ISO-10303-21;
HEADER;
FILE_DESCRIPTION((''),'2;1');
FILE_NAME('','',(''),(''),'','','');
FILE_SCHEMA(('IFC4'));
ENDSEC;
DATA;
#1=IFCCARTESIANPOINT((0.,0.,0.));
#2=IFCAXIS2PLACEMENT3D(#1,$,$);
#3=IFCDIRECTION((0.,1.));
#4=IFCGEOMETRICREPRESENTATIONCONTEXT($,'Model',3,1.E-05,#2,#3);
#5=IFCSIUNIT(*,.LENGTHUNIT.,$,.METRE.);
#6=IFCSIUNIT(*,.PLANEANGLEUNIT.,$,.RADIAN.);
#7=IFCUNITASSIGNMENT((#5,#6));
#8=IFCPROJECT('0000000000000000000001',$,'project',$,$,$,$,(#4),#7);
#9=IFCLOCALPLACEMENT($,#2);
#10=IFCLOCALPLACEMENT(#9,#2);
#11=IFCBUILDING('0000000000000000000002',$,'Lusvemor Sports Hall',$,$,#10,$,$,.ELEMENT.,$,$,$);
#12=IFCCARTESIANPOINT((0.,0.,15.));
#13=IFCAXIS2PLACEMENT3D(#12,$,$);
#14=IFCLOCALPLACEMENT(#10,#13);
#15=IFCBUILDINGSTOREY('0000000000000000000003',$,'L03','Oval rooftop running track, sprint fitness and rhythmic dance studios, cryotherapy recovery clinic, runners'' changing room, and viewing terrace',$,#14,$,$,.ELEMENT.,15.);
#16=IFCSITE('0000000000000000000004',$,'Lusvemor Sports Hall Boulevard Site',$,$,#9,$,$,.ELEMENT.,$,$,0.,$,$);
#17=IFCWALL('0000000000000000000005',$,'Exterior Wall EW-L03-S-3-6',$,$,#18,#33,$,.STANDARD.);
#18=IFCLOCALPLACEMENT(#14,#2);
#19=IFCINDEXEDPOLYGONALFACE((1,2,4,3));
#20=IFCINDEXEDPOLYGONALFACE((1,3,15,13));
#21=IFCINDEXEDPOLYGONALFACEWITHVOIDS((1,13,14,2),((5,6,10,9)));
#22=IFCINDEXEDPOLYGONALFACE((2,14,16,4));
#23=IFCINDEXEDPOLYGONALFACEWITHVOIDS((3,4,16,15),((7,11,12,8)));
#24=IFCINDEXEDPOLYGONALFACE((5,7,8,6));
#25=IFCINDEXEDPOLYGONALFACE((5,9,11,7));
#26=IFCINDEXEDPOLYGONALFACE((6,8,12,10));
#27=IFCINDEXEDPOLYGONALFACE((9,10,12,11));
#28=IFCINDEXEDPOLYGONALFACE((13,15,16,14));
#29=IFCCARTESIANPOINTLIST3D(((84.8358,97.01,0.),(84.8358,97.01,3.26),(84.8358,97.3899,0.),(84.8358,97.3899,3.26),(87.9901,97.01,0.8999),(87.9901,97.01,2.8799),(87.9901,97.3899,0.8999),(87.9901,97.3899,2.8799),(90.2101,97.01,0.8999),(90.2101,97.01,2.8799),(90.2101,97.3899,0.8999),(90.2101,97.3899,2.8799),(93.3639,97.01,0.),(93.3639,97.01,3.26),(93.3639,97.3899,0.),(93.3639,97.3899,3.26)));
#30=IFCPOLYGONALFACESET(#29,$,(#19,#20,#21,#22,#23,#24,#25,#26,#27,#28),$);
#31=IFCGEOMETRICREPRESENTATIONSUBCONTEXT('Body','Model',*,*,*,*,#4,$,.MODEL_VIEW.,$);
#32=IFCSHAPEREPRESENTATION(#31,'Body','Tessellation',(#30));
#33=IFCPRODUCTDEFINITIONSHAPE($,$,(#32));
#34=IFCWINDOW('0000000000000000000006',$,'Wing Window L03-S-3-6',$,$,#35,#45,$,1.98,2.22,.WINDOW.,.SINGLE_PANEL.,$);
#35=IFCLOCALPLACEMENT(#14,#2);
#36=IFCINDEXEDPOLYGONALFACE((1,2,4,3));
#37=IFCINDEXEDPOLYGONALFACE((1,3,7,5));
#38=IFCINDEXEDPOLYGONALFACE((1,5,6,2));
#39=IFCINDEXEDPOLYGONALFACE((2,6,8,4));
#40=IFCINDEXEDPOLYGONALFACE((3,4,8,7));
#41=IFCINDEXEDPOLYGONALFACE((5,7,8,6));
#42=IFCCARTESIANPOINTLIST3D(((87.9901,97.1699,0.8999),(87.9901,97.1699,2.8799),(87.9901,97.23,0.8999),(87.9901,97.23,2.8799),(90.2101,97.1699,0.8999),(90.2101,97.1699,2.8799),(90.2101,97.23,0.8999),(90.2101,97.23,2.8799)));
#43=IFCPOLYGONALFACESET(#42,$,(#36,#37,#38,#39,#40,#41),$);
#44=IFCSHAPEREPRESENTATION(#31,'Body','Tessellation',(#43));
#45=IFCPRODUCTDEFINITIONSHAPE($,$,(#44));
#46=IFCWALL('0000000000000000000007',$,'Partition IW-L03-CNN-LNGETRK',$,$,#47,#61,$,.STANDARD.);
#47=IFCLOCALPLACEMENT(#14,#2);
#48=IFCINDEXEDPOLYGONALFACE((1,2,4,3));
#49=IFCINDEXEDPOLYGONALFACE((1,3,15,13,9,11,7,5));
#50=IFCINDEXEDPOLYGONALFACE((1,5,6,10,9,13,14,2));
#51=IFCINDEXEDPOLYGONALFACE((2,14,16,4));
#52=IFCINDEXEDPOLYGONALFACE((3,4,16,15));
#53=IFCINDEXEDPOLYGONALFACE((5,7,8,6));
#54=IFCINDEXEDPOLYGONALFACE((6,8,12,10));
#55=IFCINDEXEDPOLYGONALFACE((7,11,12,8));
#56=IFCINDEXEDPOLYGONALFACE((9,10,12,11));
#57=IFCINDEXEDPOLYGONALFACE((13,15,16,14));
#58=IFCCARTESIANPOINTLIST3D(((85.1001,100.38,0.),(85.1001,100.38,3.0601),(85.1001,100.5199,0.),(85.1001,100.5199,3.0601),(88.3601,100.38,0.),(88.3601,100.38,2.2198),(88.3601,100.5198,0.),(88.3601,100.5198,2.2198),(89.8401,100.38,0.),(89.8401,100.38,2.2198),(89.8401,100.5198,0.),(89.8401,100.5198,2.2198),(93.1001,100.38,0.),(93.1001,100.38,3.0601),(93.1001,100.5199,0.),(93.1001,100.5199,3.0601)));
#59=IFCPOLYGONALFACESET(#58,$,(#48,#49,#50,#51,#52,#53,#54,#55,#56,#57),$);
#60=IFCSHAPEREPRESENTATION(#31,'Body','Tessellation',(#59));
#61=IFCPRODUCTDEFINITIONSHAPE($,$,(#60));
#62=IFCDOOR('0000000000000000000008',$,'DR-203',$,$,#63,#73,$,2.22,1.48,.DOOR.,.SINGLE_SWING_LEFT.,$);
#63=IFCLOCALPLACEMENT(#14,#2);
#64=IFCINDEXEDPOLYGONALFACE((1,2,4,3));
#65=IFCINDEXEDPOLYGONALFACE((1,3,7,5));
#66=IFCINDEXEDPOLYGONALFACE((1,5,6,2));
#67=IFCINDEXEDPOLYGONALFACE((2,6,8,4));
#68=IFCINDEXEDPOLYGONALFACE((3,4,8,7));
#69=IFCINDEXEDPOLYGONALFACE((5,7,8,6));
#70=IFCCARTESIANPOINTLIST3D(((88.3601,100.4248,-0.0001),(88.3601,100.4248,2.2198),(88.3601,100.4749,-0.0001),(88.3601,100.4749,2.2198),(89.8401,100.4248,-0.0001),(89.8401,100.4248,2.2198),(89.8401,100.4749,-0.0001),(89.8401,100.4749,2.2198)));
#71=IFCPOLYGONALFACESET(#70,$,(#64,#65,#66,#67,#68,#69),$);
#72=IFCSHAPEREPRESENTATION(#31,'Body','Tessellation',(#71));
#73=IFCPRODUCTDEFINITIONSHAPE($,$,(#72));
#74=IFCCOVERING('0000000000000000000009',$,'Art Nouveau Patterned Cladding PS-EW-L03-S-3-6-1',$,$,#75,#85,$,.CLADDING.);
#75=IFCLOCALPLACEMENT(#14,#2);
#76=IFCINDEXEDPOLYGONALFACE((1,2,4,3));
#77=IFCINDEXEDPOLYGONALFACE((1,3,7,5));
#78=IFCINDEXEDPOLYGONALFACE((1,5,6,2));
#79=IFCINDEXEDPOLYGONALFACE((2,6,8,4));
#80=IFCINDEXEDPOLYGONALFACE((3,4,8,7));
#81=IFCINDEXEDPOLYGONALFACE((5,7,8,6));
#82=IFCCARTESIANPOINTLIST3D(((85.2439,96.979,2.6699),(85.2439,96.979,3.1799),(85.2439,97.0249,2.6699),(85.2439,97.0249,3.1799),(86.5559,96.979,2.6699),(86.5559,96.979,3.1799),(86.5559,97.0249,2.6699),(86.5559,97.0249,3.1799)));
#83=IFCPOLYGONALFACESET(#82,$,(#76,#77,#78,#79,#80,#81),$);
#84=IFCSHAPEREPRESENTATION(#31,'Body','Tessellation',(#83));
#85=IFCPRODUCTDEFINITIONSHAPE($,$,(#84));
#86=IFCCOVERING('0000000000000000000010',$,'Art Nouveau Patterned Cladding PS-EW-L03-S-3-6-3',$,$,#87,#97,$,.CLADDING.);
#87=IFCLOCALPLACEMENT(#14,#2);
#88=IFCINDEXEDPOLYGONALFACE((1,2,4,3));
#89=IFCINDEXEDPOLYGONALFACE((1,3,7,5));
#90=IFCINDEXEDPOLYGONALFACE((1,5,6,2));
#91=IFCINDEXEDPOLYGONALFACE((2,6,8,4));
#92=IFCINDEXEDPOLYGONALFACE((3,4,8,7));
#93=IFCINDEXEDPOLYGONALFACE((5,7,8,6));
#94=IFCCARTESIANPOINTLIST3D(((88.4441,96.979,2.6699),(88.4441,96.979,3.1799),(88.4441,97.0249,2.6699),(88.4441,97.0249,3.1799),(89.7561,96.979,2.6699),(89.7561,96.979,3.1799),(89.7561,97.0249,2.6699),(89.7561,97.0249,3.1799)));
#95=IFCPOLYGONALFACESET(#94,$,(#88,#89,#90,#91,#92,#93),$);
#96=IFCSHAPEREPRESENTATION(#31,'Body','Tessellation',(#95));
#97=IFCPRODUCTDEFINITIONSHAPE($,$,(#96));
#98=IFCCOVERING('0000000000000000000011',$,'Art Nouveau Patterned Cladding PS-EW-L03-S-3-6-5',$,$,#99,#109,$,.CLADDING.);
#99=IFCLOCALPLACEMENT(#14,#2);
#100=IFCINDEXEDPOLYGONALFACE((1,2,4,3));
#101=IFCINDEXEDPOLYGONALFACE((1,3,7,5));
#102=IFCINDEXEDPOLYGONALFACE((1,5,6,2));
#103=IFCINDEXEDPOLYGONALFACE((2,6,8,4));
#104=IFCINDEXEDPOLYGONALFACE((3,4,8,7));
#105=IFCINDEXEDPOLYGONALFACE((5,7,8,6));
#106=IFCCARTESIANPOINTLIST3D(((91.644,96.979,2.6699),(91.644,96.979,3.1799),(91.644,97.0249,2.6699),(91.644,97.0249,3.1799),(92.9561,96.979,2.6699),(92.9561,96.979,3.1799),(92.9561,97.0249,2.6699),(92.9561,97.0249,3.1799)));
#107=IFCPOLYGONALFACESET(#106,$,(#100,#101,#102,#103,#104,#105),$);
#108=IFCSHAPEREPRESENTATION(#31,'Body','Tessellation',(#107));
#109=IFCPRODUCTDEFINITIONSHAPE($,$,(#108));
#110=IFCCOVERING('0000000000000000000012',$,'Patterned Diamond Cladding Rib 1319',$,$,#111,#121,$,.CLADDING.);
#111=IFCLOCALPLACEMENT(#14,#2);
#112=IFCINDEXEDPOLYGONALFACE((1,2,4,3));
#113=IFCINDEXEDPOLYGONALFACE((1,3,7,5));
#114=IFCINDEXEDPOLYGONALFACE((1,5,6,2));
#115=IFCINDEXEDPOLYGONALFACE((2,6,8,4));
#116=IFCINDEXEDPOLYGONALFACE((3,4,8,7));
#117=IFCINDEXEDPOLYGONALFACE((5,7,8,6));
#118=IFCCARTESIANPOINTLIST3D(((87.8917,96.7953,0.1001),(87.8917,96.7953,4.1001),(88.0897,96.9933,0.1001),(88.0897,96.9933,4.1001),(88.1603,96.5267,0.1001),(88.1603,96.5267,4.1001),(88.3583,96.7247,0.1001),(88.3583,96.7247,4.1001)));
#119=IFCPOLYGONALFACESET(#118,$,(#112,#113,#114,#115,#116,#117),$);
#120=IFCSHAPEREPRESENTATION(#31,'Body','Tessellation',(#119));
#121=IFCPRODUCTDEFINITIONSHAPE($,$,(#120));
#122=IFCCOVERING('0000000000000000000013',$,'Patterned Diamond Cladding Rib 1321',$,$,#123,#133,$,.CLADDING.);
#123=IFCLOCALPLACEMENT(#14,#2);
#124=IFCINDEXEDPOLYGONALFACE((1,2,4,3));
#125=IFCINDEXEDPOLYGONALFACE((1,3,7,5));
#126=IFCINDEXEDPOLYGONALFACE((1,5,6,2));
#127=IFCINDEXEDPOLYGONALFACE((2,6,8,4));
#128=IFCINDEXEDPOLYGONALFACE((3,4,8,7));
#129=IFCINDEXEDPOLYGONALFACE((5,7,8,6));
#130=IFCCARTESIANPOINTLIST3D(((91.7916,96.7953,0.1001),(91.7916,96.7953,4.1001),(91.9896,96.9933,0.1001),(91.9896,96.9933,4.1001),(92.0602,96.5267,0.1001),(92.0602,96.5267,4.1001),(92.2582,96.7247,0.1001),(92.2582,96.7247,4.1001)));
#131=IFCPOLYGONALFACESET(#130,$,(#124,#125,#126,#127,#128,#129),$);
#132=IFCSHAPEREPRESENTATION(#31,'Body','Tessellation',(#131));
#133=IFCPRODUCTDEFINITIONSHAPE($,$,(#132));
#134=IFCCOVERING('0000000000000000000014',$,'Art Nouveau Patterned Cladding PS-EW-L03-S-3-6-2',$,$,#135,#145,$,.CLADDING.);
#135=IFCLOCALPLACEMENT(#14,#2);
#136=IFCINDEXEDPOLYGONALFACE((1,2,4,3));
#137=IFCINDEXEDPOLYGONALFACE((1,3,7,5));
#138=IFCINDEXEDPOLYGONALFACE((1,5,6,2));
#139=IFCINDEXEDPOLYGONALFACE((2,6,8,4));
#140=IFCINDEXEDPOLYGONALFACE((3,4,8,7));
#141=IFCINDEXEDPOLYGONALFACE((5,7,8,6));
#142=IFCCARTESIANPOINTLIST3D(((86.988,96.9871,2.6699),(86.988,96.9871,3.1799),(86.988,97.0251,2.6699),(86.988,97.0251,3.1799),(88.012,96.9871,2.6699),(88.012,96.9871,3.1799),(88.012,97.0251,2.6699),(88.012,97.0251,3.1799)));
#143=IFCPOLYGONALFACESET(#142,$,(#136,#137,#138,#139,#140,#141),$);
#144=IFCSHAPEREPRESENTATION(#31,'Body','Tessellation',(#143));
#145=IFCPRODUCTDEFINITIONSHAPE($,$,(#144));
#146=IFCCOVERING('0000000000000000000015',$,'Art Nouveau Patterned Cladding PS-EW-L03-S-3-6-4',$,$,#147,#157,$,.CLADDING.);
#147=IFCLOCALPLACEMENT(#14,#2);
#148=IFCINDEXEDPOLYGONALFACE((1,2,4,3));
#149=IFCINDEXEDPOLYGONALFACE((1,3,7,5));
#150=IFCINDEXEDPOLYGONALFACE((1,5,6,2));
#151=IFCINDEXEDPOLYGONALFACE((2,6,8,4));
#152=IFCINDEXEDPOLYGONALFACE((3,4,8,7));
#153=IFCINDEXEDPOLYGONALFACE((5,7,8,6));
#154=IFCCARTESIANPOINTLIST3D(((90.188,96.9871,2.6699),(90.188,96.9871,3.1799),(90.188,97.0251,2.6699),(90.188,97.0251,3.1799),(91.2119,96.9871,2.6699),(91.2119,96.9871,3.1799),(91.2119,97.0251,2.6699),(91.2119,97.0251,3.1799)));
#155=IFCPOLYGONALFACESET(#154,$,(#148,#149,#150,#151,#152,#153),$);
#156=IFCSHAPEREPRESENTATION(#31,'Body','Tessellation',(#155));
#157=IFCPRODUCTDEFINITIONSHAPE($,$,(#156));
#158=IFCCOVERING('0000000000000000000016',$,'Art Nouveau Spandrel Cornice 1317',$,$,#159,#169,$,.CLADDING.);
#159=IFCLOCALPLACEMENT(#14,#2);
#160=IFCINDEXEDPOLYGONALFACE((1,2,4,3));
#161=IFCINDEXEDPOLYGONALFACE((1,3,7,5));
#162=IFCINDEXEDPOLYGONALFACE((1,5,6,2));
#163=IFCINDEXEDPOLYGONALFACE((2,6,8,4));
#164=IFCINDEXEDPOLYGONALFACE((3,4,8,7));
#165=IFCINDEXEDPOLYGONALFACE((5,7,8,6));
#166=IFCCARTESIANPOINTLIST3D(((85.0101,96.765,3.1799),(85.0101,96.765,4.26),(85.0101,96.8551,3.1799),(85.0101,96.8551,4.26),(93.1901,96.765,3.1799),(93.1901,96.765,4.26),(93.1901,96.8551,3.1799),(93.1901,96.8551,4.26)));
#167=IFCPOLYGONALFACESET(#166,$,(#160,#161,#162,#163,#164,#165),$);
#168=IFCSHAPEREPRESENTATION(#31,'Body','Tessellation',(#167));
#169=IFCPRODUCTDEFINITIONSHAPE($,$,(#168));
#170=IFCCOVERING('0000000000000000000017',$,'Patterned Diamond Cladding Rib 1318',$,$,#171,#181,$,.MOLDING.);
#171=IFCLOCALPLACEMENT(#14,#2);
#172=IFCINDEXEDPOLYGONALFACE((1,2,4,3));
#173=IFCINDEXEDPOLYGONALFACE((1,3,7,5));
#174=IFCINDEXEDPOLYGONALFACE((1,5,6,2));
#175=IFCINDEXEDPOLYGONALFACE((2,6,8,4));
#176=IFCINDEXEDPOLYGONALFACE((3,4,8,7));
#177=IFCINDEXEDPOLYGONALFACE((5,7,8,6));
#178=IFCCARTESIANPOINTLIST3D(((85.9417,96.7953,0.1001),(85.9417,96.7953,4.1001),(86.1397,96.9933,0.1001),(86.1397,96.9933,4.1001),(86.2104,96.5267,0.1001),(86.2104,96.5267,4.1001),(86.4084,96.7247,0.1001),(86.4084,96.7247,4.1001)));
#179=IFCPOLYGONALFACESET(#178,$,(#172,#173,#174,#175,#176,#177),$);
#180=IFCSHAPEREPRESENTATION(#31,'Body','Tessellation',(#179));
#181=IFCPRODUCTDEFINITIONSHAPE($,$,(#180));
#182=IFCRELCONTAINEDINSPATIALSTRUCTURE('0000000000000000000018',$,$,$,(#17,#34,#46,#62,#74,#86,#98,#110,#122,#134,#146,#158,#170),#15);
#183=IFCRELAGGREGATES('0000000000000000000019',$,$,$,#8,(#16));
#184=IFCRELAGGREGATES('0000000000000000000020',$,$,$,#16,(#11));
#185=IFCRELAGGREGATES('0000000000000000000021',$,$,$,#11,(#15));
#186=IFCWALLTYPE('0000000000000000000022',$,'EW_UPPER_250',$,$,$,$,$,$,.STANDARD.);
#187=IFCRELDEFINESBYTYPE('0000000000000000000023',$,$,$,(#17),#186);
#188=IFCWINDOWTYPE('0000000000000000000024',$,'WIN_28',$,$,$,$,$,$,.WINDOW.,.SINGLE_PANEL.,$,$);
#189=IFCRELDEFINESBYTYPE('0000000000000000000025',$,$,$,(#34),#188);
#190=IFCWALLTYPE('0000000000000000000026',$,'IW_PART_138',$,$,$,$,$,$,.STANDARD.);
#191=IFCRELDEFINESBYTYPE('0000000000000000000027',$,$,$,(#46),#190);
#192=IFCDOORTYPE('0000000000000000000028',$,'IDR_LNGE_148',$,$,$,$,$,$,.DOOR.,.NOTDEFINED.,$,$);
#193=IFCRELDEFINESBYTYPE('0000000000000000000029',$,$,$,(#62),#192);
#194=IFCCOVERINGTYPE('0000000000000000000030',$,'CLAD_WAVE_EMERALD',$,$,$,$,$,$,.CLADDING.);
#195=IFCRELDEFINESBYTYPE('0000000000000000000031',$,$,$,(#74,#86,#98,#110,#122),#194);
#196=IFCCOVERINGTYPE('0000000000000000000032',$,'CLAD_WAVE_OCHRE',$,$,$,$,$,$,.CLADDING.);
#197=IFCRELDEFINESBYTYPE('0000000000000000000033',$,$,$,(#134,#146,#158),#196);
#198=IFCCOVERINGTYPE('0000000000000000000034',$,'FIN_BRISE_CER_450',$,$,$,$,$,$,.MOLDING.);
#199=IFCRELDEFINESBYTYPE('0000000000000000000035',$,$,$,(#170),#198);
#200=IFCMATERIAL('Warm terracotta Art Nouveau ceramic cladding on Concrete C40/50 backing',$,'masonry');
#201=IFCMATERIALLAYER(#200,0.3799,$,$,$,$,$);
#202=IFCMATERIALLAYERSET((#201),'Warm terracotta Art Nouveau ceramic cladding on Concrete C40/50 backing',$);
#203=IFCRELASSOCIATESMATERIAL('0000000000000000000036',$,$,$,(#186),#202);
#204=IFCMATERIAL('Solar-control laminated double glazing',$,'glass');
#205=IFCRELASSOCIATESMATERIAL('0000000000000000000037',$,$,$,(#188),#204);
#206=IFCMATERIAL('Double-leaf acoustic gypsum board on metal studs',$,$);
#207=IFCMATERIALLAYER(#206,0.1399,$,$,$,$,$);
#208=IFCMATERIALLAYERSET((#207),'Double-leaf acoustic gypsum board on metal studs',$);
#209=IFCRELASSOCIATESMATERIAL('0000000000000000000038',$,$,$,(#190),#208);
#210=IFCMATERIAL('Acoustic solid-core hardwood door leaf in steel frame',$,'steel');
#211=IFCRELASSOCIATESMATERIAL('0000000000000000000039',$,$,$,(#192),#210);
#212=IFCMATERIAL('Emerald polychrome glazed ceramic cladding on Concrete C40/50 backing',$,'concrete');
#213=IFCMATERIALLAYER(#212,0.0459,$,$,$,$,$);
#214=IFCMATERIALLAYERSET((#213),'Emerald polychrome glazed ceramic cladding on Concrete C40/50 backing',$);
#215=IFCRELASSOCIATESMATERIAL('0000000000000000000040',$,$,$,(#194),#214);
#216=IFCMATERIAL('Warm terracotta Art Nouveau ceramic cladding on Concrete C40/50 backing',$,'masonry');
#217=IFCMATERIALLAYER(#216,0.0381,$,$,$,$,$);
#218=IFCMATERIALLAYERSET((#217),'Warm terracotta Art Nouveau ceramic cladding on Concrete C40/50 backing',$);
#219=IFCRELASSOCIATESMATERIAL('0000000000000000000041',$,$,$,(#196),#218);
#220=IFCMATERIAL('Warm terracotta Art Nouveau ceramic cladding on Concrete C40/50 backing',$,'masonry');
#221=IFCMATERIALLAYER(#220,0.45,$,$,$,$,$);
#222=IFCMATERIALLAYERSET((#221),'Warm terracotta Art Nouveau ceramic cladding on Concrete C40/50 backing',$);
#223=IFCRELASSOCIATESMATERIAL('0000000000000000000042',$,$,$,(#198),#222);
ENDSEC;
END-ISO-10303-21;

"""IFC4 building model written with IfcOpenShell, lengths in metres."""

from ifc_helpers import new_model, si_unit, direction, frame, frame_2d, origin, origin_2d, place, context, subcontext, project, spatial, rectangle, extrude, material, layer, layer_set, type_object, element, fill, save


model = new_model("IFC4")

# Units and contexts
model_context = context("Model", 3, precision=1e-05, world=origin(), true_north=direction((0.0, 1.0)))
body_context = subcontext(model_context, "Body", "Model", "MODEL_VIEW")
ifc_project = project(units=[si_unit("LENGTHUNIT", "METRE"), si_unit("PLANEANGLEUNIT", "RADIAN")], contexts=[model_context])

# Site, building, storey
site_placement = place(None, origin())
site = spatial("IfcSite", under=ifc_project, at=site_placement, Name="Lusvemor Sports Hall Boulevard Site", CompositionType="ELEMENT", RefElevation=0.0)
building_placement = place(site_placement, origin())
building = spatial("IfcBuilding", under=site, at=building_placement, Name="Lusvemor Sports Hall", CompositionType="ELEMENT")
storey_placement = place(building_placement, frame((0.0, 0.0, 15.0)))
storey = spatial("IfcBuildingStorey", under=building, at=storey_placement, Name="L03", Description="Oval rooftop running track, sprint fitness and rhythmic dance studios, cryotherapy recovery clinic, runners' changing room, and viewing terrace", CompositionType="ELEMENT", Elevation=15.0)

# Wall, opening, window
ifc_material_1 = material(Name="Warm terracotta Art Nouveau ceramic cladding on Concrete C40/50 backing", Category="masonry")
ifc_layer_1 = layer(ifc_material_1, 0.3799)
ifc_layer_set_1 = layer_set([ifc_layer_1], Name="Warm terracotta Art Nouveau ceramic cladding on Concrete C40/50 backing")
wall_type_1 = type_object("IfcWallType", Name="EW_UPPER_250", PredefinedType="STANDARD", material=ifc_layer_set_1)
wall_1_placement = place(storey_placement, frame((93.364, 97.2, 0.0), z_axis=(0.0, 0.0, 1.0), x_axis=(-1.0, 0.0, 0.0)))
wall_1 = element("IfcWall", 1, at=wall_1_placement, inside=storey, type_object=wall_type_1, Name="Exterior Wall EW-L03-S-3-6", PredefinedType="STANDARD", context=body_context, shape_type="SweptSolid", body=[
    extrude(rectangle(XDim=8.5281, YDim=0.3799, at=frame_2d((4.2642, 0.0))), origin(), (0.0, 0.0, 1.0), 3.26),
])
opening_1_placement = place(wall_1_placement, frame((3.1541, 0.0, 0.8999)))
opening_1 = element("IfcOpeningElement", 2, at=opening_1_placement, cuts=wall_1, PredefinedType="OPENING", context=body_context, shape_type="SweptSolid", body=[
    extrude(rectangle(XDim=2.22, YDim=1.98, at=frame_2d((1.1099, 0.99))), frame((0.0, 0.1899, 0.0), z_axis=(0.0, -1.0, 0.0), x_axis=(1.0, 0.0, 0.0)), (0.0, 0.0, 1.0), 0.3799),
])
ifc_material_2 = material(Name="Solar-control laminated double glazing", Category="glass")
window_type = type_object("IfcWindowType", Name="WIN_28", PartitioningType="SINGLE_PANEL", PredefinedType="WINDOW", material=ifc_material_2)
window_placement = place(opening_1_placement, origin())
window = element("IfcWindow", 3, at=window_placement, inside=storey, type_object=window_type, Name="Wing Window L03-S-3-6", OverallHeight=1.98, OverallWidth=2.22, PartitioningType="SINGLE_PANEL", PredefinedType="WINDOW", context=body_context, shape_type="SweptSolid", body=[
    extrude(rectangle(XDim=2.22, YDim=1.98, at=frame_2d((1.1099, 0.99))), frame((0.0, 0.03, 0.0), z_axis=(0.0, -1.0, 0.0), x_axis=(1.0, 0.0, 0.0)), (0.0, 0.0, 1.0), 0.0601),
])
fill(opening_1, window)

# Wall, opening, door
ifc_material_3 = material(Name="Double-leaf acoustic gypsum board on metal studs")
ifc_layer_2 = layer(ifc_material_3, 0.1399)
ifc_layer_set_2 = layer_set([ifc_layer_2], Name="Double-leaf acoustic gypsum board on metal studs")
wall_type_2 = type_object("IfcWallType", Name="IW_PART_138", PredefinedType="STANDARD", material=ifc_layer_set_2)
wall_2_placement = place(storey_placement, frame((85.1001, 100.45, 0.0), z_axis=(0.0, 0.0, 1.0), x_axis=(1.0, 0.0, 0.0)))
wall_2 = element("IfcWall", 4, at=wall_2_placement, inside=storey, type_object=wall_type_2, Name="Partition IW-L03-CNN-LNGETRK", PredefinedType="STANDARD", context=body_context, shape_type="SweptSolid", body=[
    extrude(rectangle(XDim=8.0, YDim=0.1399, at=frame_2d((4.0, 0.0))), origin(), (0.0, 0.0, 1.0), 3.0601),
])
opening_2_placement = place(wall_2_placement, frame((3.26, 0.0, 0.0)))
opening_2 = element("IfcOpeningElement", 5, at=opening_2_placement, cuts=wall_2, PredefinedType="OPENING", context=body_context, shape_type="SweptSolid", body=[
    extrude(rectangle(XDim=1.48, YDim=2.22, at=frame_2d((0.74, 1.1099))), frame((0.0, 0.0698, 0.0), z_axis=(0.0, -1.0, 0.0), x_axis=(1.0, 0.0, 0.0)), (0.0, 0.0, 1.0), 0.1399),
])
ifc_material_4 = material(Name="Acoustic solid-core hardwood door leaf in steel frame", Category="steel")
door_type = type_object("IfcDoorType", Name="IDR_LNGE_148", OperationType="NOTDEFINED", PredefinedType="DOOR", material=ifc_material_4)
door_placement = place(opening_2_placement, origin())
door = element("IfcDoor", 6, at=door_placement, inside=storey, type_object=door_type, Name="DR-203", OperationType="SINGLE_SWING_LEFT", OverallHeight=2.22, OverallWidth=1.48, PredefinedType="DOOR", context=body_context, shape_type="SweptSolid", body=[
    extrude(rectangle(XDim=1.48, YDim=2.22, at=frame_2d((0.74, 1.1099))), frame((0.0, 0.0249, 0.0), z_axis=(0.0, -1.0, 0.0), x_axis=(1.0, 0.0, 0.0)), (0.0, 0.0, 1.0), 0.05),
])
fill(opening_2, door)

# Coverings
ifc_material_5 = material(Name="Emerald polychrome glazed ceramic cladding on Concrete C40/50 backing", Category="concrete")
ifc_layer_3 = layer(ifc_material_5, 0.0459)
ifc_layer_set_3 = layer_set([ifc_layer_3], Name="Emerald polychrome glazed ceramic cladding on Concrete C40/50 backing")
covering_type_1 = type_object("IfcCoveringType", Name="CLAD_WAVE_EMERALD", PredefinedType="CLADDING", material=ifc_layer_set_3)
for number, where, z_axis, x_axis, name in (
    (7, (85.8999, 97.002, 2.6699), (0.0, 0.0, 1.0), (1.0, 0.0, 0.0), "Art Nouveau Patterned Cladding PS-EW-L03-S-3-6-1"),
    (8, (89.1001, 97.002, 2.6699), (0.0, 0.0, 1.0), (1.0, 0.0, 0.0), "Art Nouveau Patterned Cladding PS-EW-L03-S-3-6-3"),
    (9, (92.3, 97.002, 2.6699), (0.0, 0.0, 1.0), (1.0, 0.0, 0.0), "Art Nouveau Patterned Cladding PS-EW-L03-S-3-6-5"),
):
    element("IfcCovering", number, at=place(storey_placement, frame(where, z_axis=z_axis, x_axis=x_axis)), inside=storey, type_object=covering_type_1, Name=name, PredefinedType="CLADDING", context=body_context, shape_type="SweptSolid", body=[
        extrude(rectangle(XDim=1.312, YDim=0.0459, at=origin_2d()), origin(), (0.0, 0.0, 1.0), 0.51),
    ])
for number, where, z_axis, x_axis, name in (
    (10, (88.125, 96.76, 0.1001), (0.0, 0.0, 1.0), (0.707107, 0.707107, 0.0), "Patterned Diamond Cladding Rib 1319"),
    (11, (92.0249, 96.76, 0.1001), (0.0, 0.0, 1.0), (0.707107, 0.707107, 0.0), "Patterned Diamond Cladding Rib 1321"),
):
    element("IfcCovering", number, at=place(storey_placement, frame(where, z_axis=z_axis, x_axis=x_axis)), inside=storey, type_object=covering_type_1, Name=name, PredefinedType="CLADDING", context=body_context, shape_type="SweptSolid", body=[
        extrude(rectangle(XDim=0.28, YDim=0.3799, at=origin_2d()), origin(), (0.0, 0.0, 1.0), 4.0),
    ])
ifc_material_6 = material(Name="Warm terracotta Art Nouveau ceramic cladding on Concrete C40/50 backing", Category="masonry")
ifc_layer_4 = layer(ifc_material_6, 0.0381)
ifc_layer_set_4 = layer_set([ifc_layer_4], Name="Warm terracotta Art Nouveau ceramic cladding on Concrete C40/50 backing")
covering_type_2 = type_object("IfcCoveringType", Name="CLAD_WAVE_OCHRE", PredefinedType="CLADDING", material=ifc_layer_set_4)
for number, where, z_axis, x_axis, name in (
    (12, (87.5, 97.0061, 2.6699), (0.0, 0.0, 1.0), (1.0, 0.0, 0.0), "Art Nouveau Patterned Cladding PS-EW-L03-S-3-6-2"),
    (13, (90.7, 97.0061, 2.6699), (0.0, 0.0, 1.0), (1.0, 0.0, 0.0), "Art Nouveau Patterned Cladding PS-EW-L03-S-3-6-4"),
):
    element("IfcCovering", number, at=place(storey_placement, frame(where, z_axis=z_axis, x_axis=x_axis)), inside=storey, type_object=covering_type_2, Name=name, PredefinedType="CLADDING", context=body_context, shape_type="SweptSolid", body=[
        extrude(rectangle(XDim=1.0239, YDim=0.0381, at=origin_2d()), origin(), (0.0, 0.0, 1.0), 0.51),
    ])
covering_placement = place(storey_placement, frame((89.1001, 96.8101, 3.1799), z_axis=(0.0, 0.0, 1.0), x_axis=(1.0, 0.0, 0.0)))
element("IfcCovering", 14, at=covering_placement, inside=storey, type_object=covering_type_2, Name="Art Nouveau Spandrel Cornice 1317", PredefinedType="CLADDING", context=body_context, shape_type="SweptSolid", body=[
    extrude(rectangle(XDim=8.1799, YDim=0.0901, at=origin_2d()), origin(), (0.0, 0.0, 1.0), 1.0801),
])
ifc_material_7 = material(Name="Warm terracotta Art Nouveau ceramic cladding on Concrete C40/50 backing", Category="masonry")
ifc_layer_5 = layer(ifc_material_7, 0.45)
ifc_layer_set_5 = layer_set([ifc_layer_5], Name="Warm terracotta Art Nouveau ceramic cladding on Concrete C40/50 backing")
covering_type_3 = type_object("IfcCoveringType", Name="FIN_BRISE_CER_450", PredefinedType="MOLDING", material=ifc_layer_set_5)
for number, where, z_axis, x_axis, name in (
    (15, (86.175, 96.76, 0.1001), (0.0, 0.0, 1.0), (0.707107, 0.707107, 0.0), "Patterned Diamond Cladding Rib 1318"),
):
    element("IfcCovering", number, at=place(storey_placement, frame(where, z_axis=z_axis, x_axis=x_axis)), inside=storey, type_object=covering_type_3, Name=name, PredefinedType="MOLDING", context=body_context, shape_type="SweptSolid", body=[
        extrude(rectangle(XDim=0.28, YDim=0.3799, at=origin_2d()), origin(), (0.0, 0.0, 1.0), 4.0),
    ])

save(model, "model.ifc")
